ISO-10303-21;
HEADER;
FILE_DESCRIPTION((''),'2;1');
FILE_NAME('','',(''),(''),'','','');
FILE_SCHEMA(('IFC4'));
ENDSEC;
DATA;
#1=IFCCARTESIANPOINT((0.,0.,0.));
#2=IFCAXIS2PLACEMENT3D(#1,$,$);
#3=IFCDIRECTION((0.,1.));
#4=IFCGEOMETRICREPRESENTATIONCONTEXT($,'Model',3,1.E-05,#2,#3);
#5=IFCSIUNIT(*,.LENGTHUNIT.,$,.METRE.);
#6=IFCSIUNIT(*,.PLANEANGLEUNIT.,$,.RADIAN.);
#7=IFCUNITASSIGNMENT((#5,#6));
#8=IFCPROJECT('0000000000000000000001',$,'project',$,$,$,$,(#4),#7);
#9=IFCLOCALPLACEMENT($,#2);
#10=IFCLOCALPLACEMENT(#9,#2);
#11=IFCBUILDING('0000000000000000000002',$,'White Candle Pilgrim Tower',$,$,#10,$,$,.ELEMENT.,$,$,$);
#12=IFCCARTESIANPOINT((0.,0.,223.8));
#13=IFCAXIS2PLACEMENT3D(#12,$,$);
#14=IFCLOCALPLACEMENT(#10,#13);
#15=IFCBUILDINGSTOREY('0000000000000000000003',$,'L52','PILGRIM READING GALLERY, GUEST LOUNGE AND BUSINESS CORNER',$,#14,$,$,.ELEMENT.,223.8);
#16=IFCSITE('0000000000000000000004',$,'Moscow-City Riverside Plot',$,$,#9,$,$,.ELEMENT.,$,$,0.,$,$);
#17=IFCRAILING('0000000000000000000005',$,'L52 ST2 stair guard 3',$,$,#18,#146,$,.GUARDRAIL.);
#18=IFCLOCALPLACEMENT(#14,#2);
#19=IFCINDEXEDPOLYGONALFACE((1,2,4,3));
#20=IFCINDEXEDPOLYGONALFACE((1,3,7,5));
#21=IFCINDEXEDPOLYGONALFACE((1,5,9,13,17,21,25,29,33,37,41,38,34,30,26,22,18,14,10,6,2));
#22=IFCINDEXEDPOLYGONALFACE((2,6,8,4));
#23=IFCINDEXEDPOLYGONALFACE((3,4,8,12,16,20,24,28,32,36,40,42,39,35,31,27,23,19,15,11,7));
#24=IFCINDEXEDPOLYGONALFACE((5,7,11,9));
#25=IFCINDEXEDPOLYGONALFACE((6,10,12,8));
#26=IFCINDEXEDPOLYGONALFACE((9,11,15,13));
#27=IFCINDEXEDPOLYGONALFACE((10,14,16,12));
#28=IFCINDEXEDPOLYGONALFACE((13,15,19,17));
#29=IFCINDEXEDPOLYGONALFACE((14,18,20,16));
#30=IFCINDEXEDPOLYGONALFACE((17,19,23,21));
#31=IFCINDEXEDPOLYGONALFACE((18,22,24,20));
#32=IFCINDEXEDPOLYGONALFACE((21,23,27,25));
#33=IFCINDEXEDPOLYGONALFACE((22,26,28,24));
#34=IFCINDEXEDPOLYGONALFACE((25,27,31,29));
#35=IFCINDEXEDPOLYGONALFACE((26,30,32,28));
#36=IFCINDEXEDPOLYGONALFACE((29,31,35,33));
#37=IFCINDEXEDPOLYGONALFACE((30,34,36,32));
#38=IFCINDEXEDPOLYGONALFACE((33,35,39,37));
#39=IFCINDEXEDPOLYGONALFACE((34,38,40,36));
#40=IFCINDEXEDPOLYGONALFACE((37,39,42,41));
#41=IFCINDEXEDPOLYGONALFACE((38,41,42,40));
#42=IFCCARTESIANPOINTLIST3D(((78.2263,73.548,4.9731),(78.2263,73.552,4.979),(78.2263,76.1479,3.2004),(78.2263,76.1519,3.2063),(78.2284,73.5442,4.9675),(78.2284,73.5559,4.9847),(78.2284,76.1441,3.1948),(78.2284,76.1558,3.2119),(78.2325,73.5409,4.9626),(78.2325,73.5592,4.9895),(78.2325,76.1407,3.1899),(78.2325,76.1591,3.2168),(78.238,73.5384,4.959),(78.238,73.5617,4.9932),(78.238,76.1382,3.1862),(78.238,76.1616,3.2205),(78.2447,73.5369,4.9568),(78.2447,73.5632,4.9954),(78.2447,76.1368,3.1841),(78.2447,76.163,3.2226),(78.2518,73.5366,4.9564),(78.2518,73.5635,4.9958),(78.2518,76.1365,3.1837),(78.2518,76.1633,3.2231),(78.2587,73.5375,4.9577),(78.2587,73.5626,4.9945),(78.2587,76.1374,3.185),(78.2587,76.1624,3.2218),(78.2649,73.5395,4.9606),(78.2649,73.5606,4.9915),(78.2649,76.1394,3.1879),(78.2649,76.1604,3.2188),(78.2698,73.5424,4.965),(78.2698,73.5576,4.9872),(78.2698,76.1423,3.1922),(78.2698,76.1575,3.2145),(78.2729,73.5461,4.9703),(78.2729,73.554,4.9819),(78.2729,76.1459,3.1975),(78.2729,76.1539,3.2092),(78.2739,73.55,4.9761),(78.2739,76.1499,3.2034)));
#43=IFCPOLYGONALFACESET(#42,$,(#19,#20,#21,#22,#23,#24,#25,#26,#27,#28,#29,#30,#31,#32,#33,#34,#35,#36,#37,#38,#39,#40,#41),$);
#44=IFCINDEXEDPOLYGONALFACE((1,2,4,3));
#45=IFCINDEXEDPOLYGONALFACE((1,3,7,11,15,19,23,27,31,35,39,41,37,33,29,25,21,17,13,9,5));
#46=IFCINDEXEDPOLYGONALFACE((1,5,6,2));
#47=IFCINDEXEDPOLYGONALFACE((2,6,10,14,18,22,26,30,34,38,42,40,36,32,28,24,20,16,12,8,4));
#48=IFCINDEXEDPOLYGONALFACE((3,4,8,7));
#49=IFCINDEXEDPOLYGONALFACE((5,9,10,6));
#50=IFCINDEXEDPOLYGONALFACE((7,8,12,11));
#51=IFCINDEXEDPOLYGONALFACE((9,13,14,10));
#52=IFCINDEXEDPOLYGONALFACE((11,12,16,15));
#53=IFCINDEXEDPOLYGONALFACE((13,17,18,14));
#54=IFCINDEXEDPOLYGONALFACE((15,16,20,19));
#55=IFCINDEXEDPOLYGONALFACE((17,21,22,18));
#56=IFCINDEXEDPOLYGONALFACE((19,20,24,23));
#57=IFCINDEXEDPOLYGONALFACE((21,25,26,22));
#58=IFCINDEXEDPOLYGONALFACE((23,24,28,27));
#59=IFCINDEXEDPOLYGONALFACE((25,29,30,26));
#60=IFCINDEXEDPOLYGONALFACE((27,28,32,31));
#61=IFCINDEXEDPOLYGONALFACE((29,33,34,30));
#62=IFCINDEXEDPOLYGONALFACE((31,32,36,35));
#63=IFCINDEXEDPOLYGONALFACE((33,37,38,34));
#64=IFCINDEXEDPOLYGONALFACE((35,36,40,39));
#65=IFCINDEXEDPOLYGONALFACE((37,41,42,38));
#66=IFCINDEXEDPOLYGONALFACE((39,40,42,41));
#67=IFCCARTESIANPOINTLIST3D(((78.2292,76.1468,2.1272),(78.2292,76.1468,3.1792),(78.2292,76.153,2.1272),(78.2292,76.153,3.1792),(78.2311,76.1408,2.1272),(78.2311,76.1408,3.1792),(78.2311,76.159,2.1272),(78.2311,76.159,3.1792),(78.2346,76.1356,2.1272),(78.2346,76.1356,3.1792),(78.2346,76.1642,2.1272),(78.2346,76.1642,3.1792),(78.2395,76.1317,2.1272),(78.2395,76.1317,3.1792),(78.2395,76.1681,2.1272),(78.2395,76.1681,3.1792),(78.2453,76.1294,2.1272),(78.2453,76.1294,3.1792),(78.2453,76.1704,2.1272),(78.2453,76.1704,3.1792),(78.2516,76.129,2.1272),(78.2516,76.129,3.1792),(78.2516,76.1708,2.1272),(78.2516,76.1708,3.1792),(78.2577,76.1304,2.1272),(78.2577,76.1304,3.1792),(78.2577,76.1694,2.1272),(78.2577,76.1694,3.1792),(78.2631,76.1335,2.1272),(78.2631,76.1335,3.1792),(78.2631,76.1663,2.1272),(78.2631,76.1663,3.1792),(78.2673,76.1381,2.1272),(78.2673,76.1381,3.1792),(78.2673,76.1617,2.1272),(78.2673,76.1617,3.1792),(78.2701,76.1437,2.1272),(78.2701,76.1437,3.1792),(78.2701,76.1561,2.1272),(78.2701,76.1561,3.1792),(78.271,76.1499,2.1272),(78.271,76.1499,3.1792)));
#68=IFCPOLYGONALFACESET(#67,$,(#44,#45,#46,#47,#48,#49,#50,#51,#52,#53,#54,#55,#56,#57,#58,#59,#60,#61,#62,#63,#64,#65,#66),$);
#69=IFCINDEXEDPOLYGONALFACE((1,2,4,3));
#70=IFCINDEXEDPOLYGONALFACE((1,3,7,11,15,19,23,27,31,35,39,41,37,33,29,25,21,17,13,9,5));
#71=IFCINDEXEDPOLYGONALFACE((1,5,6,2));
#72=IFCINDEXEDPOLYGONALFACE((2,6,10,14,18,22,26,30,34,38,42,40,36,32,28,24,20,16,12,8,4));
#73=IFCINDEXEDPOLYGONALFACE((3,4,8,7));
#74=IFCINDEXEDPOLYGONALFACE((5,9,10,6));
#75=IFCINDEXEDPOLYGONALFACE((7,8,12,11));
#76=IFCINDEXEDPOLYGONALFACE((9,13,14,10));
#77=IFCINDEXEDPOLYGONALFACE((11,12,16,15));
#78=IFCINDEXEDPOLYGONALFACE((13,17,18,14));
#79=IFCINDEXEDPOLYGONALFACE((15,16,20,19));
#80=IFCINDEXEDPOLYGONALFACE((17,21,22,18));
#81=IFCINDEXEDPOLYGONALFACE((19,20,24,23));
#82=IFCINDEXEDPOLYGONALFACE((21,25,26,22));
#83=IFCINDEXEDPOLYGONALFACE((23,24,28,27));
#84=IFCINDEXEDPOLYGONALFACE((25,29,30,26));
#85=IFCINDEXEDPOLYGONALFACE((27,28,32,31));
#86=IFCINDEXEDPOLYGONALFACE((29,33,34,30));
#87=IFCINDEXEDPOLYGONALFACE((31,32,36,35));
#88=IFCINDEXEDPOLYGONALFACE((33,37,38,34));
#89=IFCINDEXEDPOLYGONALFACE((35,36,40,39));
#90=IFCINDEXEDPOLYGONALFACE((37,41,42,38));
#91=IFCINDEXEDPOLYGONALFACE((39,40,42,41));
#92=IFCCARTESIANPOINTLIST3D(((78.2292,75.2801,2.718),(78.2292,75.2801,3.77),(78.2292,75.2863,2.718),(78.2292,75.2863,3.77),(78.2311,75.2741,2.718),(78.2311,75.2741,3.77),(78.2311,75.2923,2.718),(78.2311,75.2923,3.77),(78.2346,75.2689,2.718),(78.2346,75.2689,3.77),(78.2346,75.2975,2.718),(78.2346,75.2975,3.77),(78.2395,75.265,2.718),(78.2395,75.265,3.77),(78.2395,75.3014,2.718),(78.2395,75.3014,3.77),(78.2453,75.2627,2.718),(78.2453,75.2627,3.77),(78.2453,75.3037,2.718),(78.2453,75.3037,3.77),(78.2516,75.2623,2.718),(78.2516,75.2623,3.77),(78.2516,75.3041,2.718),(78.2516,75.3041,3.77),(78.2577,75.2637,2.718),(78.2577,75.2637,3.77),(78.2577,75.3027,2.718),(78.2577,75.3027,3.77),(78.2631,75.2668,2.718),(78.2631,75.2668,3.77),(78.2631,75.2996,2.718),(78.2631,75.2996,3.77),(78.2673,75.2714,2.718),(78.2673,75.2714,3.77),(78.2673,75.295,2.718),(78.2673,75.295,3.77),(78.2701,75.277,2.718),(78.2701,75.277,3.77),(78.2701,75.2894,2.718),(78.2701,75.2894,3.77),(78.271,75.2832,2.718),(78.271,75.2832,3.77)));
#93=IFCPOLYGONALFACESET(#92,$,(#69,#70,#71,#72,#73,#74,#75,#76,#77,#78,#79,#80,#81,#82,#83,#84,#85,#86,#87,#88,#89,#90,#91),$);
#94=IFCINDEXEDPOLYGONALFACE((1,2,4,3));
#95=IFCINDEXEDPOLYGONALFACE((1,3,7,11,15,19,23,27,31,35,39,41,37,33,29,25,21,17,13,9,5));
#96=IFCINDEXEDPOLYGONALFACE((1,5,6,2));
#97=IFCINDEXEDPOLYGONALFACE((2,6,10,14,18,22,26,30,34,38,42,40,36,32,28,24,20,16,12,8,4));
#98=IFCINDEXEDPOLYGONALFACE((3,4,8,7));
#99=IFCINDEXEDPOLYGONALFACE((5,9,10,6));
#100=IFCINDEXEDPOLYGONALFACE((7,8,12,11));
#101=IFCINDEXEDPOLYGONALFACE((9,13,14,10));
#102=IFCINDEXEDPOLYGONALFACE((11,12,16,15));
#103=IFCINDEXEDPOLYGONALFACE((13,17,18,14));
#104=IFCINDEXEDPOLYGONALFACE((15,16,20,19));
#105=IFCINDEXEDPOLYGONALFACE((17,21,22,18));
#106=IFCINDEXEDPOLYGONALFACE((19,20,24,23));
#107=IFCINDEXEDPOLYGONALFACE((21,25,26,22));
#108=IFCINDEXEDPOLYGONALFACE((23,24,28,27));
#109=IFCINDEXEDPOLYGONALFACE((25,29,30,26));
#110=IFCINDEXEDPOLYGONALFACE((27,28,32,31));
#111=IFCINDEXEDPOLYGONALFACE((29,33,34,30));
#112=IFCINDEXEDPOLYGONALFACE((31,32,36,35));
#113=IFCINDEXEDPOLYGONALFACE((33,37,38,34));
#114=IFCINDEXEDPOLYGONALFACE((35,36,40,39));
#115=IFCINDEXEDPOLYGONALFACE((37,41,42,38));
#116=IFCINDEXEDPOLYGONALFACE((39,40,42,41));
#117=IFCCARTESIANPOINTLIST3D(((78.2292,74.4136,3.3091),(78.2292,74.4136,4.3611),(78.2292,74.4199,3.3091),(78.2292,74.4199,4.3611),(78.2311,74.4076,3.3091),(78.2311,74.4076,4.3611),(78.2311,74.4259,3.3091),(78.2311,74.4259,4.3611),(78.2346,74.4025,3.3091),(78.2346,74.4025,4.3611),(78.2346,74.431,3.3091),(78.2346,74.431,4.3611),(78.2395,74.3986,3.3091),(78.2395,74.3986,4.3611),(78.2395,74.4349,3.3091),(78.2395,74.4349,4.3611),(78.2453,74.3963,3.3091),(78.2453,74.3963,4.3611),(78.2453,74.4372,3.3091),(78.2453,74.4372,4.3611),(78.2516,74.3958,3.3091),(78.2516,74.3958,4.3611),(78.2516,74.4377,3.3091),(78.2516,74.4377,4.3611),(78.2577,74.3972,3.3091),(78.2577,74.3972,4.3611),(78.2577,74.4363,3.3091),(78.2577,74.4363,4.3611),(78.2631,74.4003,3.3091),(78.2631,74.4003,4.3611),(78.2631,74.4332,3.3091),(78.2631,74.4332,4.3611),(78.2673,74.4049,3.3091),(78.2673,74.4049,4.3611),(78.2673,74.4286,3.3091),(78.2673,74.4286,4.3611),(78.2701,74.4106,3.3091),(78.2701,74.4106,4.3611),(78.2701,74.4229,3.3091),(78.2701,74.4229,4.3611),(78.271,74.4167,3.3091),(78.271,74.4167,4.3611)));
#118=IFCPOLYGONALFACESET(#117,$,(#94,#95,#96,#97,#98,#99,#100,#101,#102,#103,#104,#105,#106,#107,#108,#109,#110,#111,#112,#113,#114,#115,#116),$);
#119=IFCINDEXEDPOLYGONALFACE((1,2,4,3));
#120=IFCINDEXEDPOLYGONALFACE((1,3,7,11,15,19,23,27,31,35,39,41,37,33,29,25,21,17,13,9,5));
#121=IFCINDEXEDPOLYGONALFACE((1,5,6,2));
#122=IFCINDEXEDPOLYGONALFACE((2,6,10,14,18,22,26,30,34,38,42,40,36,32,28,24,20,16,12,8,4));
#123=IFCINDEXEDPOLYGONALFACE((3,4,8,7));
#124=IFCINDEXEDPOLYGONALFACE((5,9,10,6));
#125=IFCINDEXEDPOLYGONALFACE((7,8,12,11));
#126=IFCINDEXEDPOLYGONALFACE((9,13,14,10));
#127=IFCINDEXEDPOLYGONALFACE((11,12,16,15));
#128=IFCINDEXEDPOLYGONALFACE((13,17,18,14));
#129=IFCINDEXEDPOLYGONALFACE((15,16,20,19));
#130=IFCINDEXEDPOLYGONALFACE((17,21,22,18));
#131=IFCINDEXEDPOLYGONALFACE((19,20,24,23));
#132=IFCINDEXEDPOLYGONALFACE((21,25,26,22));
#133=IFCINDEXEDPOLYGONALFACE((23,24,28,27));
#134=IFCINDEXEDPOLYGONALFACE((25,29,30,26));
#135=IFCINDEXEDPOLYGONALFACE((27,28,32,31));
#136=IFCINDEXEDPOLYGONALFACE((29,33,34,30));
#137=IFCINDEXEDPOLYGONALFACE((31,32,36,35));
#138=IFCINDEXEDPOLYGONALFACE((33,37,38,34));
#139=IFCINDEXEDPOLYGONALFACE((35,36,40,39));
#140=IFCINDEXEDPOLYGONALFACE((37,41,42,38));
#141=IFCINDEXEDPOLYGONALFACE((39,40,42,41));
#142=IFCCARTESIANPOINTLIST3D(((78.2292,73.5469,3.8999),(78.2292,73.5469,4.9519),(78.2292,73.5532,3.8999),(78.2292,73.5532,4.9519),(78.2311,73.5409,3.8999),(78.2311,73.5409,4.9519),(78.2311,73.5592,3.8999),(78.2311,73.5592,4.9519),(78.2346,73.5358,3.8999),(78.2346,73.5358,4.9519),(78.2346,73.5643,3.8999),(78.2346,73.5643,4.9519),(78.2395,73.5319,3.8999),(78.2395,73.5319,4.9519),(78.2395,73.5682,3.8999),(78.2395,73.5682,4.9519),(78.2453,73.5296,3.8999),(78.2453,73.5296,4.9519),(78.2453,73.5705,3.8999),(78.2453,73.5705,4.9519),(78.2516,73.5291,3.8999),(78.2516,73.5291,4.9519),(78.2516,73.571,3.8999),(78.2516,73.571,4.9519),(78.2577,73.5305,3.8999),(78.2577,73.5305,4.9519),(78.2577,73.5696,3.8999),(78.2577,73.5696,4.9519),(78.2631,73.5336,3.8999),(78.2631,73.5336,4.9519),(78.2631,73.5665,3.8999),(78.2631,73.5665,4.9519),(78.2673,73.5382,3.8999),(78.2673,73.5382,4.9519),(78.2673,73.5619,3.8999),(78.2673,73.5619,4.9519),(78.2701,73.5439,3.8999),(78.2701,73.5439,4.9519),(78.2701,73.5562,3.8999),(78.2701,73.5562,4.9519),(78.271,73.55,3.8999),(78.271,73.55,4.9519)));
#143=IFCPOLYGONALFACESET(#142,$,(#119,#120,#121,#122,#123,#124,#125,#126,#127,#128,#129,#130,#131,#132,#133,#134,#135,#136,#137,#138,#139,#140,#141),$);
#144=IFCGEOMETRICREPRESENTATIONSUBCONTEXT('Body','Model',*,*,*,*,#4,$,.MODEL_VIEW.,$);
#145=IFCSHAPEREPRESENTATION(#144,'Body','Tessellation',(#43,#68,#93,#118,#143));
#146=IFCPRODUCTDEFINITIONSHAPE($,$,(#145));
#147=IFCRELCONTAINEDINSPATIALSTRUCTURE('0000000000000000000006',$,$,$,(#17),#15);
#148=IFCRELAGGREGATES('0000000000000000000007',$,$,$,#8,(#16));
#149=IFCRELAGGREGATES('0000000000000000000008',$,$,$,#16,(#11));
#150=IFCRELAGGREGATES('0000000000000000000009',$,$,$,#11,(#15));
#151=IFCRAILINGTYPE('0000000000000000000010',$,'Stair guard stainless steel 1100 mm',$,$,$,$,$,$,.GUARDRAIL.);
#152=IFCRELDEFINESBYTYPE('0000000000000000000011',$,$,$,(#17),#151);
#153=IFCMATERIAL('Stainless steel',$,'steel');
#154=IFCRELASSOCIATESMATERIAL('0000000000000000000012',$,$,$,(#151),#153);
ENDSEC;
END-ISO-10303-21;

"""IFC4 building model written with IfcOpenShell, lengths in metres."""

from ifc_helpers import new_model, si_unit, direction, frame, origin, origin_2d, place, context, subcontext, project, spatial, circle, extrude, material, type_object, element, save


model = new_model("IFC4")

# Units and contexts
model_context = context("Model", 3, precision=1e-05, world=origin(), true_north=direction((0.0, 1.0)))
body_context = subcontext(model_context, "Body", "Model", "MODEL_VIEW")
ifc_project = project(units=[si_unit("LENGTHUNIT", "METRE"), si_unit("PLANEANGLEUNIT", "RADIAN")], contexts=[model_context])

# Site, building, storey
site_placement = place(None, origin())
site = spatial("IfcSite", under=ifc_project, at=site_placement, Name="Moscow-City Riverside Plot", CompositionType="ELEMENT", RefElevation=0.0)
building_placement = place(site_placement, origin())
building = spatial("IfcBuilding", under=site, at=building_placement, Name="White Candle Pilgrim Tower", CompositionType="ELEMENT")
storey_placement = place(building_placement, frame((0.0, 0.0, 223.8)))
storey = spatial("IfcBuildingStorey", under=building, at=storey_placement, Name="L52", Description="PILGRIM READING GALLERY, GUEST LOUNGE AND BUSINESS CORNER", CompositionType="ELEMENT", Elevation=223.8)

# Railing
ifc_material_1 = material(Name="Stainless steel", Category="steel")
railing_type_1 = type_object("IfcRailingType", Name="Stair guard stainless steel 1100 mm", PredefinedType="GUARDRAIL", material=ifc_material_1)
railing_1_placement = place(storey_placement, frame((78.25, 76.1499, 2.1272)))
element("IfcRailing", 1, at=railing_1_placement, inside=storey, type_object=railing_type_1, Name="L52 ST2 stair guard 3", PredefinedType="GUARDRAIL", context=body_context, shape_type="SweptSolid", body=[
    extrude(circle(Radius=0.0239, at=origin_2d()), frame((0.0, 0.0, 1.0762), z_axis=(0.0, -0.826216, 0.563354), x_axis=(1.0, 0.0, 0.0)), (0.0, 0.0, 1.0), 3.1467),
    extrude(circle(Radius=0.021, at=origin_2d()), origin(), (0.0, 0.0, 1.0), 1.052),
    extrude(circle(Radius=0.021, at=origin_2d()), frame((0.0, -0.8667, 0.5908)), (0.0, 0.0, 1.0), 1.052),
    extrude(circle(Radius=0.021, at=origin_2d()), frame((0.0, -1.7332, 1.1819)), (0.0, 0.0, 1.0), 1.052),
    extrude(circle(Radius=0.021, at=origin_2d()), frame((0.0, -2.5999, 1.7727)), (0.0, 0.0, 1.0), 1.052),
])

save(model, "model.ifc")
